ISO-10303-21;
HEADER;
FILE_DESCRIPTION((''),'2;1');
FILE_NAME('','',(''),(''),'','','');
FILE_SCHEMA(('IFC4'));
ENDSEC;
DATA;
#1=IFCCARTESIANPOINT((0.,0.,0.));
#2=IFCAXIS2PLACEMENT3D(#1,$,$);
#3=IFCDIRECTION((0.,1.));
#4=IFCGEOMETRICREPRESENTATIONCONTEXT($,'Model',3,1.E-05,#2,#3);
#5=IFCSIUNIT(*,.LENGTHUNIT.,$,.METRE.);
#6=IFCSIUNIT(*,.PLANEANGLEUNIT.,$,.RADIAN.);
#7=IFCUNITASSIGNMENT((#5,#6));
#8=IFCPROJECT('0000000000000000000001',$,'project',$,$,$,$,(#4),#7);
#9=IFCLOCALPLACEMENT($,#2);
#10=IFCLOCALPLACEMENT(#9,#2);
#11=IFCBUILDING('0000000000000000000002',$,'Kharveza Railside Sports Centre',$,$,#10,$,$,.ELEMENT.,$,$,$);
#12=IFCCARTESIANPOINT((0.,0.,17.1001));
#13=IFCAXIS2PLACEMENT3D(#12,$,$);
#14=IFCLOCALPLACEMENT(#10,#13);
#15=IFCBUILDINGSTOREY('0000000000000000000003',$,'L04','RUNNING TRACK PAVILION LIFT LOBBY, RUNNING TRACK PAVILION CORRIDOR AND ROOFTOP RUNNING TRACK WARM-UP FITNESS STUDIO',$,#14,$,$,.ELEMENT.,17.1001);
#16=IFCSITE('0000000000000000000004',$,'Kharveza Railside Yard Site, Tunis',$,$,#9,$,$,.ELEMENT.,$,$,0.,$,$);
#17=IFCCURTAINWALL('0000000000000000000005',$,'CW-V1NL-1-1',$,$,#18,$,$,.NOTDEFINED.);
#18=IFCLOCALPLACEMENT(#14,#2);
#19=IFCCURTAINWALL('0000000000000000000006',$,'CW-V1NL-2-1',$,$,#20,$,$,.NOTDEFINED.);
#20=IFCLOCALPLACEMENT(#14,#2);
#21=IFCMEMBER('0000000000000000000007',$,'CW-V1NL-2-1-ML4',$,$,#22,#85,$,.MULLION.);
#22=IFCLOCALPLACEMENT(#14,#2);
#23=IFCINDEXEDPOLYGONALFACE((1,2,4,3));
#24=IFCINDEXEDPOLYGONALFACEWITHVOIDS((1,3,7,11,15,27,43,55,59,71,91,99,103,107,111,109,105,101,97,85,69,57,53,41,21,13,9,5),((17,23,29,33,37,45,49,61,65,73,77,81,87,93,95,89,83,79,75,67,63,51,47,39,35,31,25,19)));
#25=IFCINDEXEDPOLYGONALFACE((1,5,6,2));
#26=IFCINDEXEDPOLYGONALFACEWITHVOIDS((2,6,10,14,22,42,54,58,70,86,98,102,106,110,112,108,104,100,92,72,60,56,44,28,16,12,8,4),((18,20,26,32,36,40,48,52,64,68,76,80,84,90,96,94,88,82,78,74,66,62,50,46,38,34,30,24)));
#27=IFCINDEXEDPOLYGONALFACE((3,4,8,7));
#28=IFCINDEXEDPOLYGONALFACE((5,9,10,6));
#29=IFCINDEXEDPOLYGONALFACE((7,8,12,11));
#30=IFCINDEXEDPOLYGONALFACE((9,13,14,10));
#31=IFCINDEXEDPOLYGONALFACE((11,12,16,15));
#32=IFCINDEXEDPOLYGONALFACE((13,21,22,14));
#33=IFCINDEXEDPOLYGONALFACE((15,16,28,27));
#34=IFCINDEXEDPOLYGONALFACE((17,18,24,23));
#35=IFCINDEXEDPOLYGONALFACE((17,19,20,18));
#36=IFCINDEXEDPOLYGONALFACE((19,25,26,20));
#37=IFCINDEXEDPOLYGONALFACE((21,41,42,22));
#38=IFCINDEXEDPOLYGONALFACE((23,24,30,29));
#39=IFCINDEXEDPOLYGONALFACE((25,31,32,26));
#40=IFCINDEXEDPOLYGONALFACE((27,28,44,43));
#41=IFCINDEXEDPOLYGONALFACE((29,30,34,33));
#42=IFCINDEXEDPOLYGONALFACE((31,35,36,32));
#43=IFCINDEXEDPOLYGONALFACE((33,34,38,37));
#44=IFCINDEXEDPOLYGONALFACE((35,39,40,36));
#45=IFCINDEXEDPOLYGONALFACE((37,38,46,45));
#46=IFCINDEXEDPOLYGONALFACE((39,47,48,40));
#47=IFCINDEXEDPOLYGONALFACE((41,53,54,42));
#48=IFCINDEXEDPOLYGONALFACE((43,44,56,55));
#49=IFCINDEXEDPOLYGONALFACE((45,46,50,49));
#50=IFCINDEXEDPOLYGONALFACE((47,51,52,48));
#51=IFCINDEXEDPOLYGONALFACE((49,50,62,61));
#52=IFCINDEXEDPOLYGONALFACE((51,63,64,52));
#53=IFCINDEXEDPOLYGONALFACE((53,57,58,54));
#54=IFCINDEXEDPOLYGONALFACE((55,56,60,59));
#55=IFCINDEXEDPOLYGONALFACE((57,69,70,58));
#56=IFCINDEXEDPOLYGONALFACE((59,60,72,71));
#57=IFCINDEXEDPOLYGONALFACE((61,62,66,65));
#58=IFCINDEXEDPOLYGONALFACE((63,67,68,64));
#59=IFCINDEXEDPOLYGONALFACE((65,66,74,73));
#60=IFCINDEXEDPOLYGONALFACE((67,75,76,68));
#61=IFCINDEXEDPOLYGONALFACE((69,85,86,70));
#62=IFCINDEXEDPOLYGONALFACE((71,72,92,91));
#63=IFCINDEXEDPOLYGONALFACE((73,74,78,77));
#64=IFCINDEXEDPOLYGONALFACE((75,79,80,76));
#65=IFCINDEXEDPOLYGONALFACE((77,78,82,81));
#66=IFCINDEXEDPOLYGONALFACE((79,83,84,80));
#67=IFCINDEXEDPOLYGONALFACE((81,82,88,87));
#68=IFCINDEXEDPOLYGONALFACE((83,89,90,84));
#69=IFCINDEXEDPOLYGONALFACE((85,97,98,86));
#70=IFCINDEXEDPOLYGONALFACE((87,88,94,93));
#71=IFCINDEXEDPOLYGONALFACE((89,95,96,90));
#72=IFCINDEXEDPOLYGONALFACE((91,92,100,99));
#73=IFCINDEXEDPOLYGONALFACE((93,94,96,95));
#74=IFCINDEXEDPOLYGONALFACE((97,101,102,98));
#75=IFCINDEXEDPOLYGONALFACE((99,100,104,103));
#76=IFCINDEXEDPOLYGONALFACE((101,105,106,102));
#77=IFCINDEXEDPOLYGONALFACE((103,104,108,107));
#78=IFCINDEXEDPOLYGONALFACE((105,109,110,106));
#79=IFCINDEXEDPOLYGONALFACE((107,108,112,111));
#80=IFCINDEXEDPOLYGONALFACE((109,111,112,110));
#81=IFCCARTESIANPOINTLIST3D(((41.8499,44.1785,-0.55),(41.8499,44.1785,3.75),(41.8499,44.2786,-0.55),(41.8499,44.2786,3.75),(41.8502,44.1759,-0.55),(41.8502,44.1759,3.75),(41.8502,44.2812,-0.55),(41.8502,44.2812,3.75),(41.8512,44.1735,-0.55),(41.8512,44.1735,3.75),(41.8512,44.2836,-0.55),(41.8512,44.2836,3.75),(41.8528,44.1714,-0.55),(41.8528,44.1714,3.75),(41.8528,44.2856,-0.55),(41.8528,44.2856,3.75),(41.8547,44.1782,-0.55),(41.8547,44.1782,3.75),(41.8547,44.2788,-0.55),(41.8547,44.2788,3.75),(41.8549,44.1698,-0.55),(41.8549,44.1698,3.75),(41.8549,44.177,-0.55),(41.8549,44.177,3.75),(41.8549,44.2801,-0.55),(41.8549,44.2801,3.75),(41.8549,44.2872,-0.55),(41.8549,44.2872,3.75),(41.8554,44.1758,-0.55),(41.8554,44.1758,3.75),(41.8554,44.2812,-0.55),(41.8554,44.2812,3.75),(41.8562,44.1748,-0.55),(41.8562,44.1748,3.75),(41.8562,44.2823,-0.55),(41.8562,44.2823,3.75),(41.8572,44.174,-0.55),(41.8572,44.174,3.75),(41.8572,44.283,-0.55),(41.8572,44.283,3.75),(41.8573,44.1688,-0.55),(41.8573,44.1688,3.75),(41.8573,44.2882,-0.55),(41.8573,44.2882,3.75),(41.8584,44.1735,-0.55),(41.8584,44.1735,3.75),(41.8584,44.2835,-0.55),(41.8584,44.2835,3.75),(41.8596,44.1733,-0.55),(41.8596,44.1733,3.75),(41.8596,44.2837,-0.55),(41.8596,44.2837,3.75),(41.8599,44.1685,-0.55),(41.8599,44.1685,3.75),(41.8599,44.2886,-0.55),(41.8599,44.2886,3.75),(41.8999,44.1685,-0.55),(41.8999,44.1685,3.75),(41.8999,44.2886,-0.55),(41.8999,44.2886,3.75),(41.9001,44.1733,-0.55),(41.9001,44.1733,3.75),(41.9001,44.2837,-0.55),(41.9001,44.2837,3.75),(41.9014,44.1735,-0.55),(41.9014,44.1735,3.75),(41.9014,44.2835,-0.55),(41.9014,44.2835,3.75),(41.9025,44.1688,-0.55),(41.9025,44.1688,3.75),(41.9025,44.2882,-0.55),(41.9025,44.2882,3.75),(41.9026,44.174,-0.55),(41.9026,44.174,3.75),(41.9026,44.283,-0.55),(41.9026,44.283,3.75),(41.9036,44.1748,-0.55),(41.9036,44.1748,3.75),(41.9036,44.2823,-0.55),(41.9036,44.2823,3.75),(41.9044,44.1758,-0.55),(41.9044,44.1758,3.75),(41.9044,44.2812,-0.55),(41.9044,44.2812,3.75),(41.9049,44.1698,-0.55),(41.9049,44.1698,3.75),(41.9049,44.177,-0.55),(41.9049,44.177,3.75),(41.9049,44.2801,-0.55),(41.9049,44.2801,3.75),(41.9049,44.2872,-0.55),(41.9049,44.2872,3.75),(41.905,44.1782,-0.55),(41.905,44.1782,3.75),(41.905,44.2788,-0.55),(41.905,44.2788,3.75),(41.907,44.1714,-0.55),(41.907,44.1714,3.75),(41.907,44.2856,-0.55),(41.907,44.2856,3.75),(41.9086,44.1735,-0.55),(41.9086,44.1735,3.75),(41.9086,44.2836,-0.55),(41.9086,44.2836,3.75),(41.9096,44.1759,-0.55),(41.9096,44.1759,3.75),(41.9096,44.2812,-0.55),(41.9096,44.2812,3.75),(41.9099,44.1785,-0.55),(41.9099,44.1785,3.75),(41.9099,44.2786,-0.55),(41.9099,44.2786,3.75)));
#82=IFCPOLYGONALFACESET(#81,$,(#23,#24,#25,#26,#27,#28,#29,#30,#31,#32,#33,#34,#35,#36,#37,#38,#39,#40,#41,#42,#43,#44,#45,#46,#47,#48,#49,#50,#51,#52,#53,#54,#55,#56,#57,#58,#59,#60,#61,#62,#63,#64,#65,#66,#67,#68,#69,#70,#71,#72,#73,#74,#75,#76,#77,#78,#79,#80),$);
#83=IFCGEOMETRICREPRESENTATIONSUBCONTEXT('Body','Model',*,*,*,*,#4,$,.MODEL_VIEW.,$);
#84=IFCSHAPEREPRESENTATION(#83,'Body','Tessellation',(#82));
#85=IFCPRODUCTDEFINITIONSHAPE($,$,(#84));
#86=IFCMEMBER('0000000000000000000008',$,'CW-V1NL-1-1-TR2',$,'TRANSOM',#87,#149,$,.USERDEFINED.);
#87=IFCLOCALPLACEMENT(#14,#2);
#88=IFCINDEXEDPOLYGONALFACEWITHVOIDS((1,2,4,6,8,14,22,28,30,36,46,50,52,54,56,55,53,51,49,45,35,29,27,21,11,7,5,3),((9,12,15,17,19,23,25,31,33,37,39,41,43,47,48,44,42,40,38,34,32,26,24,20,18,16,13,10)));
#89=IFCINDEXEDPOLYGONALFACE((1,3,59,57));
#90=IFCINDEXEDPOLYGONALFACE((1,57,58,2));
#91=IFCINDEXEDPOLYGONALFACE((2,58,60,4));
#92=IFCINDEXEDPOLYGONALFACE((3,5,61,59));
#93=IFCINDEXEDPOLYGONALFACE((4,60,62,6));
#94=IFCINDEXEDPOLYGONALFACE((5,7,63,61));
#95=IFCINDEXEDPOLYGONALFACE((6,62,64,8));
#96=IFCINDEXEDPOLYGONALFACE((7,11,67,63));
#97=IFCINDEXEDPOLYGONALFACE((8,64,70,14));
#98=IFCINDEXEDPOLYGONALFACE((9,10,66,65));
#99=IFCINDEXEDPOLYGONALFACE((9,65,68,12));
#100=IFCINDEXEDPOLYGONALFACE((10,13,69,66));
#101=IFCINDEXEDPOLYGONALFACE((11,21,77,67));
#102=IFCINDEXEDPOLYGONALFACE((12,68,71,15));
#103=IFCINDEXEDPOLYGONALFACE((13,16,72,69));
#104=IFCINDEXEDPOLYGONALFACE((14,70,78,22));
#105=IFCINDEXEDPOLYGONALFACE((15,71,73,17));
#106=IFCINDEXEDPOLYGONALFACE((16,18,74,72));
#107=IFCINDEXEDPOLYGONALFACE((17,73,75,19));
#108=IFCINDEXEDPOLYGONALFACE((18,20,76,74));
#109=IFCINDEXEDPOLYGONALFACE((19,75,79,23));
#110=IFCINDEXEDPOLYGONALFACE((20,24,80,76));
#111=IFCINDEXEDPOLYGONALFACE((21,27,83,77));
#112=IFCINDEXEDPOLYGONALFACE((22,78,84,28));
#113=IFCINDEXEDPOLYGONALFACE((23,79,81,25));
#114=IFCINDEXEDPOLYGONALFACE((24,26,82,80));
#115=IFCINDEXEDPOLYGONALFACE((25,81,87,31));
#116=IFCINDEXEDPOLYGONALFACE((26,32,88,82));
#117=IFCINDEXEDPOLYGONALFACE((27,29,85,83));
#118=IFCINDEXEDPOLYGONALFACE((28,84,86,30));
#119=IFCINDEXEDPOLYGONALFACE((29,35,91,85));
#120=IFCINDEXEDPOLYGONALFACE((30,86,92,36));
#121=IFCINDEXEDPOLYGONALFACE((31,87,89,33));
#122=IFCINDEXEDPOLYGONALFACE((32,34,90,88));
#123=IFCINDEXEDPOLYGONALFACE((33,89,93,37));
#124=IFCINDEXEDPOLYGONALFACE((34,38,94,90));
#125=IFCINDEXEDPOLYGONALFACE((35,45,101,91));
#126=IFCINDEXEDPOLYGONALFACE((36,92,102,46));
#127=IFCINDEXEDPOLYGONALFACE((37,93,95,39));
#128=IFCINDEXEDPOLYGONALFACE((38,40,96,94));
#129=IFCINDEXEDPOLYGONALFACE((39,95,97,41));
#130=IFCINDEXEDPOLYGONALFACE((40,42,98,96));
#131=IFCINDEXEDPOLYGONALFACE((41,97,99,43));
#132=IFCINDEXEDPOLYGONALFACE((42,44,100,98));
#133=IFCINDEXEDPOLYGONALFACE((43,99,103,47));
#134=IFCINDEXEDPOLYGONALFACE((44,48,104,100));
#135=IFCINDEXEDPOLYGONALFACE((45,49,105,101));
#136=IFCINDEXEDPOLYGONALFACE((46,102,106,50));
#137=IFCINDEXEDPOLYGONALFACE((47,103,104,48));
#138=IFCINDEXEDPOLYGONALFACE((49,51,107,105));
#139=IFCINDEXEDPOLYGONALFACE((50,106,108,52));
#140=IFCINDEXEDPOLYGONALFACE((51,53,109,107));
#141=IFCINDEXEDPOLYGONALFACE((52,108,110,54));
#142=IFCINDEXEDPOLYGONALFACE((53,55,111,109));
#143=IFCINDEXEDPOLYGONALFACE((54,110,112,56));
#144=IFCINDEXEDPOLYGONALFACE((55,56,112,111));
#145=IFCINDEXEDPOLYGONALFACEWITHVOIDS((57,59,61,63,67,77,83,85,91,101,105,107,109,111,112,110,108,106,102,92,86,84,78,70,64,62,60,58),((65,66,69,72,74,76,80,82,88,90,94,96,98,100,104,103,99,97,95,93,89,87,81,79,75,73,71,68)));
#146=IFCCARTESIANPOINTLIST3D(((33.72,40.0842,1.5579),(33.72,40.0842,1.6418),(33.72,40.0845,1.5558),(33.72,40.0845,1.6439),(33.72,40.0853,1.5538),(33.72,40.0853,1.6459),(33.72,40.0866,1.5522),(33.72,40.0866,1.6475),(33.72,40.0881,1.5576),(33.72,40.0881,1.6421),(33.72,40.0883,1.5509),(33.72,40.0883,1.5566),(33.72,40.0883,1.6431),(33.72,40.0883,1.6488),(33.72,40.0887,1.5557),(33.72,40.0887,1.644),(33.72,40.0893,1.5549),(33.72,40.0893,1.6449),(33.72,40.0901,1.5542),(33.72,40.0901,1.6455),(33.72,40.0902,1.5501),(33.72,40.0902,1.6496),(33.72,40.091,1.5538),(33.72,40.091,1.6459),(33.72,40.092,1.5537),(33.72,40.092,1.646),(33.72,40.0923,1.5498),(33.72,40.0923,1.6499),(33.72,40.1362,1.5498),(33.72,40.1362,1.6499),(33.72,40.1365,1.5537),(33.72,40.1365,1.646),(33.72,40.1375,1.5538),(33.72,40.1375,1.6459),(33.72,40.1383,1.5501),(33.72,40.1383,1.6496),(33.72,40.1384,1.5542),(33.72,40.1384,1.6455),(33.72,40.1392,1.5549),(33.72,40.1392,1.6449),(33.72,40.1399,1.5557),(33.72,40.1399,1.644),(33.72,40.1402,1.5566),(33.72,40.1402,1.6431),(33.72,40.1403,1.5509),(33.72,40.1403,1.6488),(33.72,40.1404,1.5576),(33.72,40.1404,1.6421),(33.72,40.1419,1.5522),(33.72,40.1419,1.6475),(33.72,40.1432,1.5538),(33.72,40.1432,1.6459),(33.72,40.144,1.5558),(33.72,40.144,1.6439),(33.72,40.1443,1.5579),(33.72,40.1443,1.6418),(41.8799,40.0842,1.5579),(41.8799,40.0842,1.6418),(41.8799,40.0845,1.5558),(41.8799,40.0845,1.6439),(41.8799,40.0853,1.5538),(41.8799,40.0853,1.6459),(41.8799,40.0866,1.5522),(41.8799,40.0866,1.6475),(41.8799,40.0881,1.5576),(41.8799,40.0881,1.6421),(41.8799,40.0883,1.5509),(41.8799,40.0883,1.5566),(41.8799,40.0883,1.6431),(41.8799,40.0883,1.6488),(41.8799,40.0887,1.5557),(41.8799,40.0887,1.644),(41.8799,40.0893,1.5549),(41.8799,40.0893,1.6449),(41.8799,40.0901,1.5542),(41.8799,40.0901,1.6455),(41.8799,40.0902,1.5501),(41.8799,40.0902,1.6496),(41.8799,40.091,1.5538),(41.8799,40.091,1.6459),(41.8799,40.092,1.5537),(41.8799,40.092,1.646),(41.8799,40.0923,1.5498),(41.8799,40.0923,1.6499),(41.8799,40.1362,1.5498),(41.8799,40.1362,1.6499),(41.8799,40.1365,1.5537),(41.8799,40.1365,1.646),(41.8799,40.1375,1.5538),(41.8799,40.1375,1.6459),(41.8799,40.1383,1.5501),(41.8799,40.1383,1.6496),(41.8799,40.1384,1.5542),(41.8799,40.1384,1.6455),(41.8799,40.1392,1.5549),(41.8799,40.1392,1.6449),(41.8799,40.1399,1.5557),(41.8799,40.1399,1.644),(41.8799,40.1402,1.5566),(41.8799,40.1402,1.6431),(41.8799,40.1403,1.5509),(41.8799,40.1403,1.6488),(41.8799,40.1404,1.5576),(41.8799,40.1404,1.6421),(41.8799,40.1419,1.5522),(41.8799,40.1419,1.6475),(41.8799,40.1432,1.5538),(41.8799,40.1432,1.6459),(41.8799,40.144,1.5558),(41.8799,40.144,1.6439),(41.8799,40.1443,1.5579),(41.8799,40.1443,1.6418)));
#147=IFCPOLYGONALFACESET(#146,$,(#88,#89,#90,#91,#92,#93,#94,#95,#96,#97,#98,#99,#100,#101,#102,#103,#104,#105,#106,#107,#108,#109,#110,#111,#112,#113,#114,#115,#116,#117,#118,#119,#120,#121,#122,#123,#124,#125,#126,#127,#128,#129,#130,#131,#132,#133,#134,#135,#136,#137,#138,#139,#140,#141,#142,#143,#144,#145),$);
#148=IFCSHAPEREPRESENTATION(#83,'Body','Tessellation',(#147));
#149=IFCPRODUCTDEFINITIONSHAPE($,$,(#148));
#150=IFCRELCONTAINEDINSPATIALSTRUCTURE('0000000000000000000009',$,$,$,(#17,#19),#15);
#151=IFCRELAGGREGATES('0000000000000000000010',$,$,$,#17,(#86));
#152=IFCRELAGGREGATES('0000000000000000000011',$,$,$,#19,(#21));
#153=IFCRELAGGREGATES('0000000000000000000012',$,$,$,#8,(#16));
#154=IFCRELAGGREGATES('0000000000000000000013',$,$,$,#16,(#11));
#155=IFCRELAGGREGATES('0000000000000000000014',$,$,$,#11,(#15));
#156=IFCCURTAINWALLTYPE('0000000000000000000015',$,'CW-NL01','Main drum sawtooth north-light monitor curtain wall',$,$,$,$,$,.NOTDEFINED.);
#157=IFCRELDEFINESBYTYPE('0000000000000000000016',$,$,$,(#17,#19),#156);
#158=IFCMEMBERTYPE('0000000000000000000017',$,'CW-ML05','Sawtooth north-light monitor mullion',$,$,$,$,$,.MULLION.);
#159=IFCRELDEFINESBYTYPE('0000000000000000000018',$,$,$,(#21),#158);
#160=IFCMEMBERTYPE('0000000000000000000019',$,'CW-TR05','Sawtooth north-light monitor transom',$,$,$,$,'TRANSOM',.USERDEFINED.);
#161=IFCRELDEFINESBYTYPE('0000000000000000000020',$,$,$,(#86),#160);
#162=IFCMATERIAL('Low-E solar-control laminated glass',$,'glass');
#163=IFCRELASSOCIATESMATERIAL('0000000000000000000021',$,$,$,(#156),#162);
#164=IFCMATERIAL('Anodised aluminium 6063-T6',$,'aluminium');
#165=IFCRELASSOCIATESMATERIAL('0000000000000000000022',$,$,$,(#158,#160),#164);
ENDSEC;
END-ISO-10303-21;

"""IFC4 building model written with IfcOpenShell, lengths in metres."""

from ifc_helpers import new_model, si_unit, direction, frame, origin, origin_2d, place, context, subcontext, project, spatial, hollow_rectangle, extrude, material, material_profile, profile_set, type_object, element, aggregate, save


model = new_model("IFC4")

# Units and contexts
model_context = context("Model", 3, precision=1e-05, world=origin(), true_north=direction((0.0, 1.0)))
body_context = subcontext(model_context, "Body", "Model", "MODEL_VIEW")
ifc_project = project(units=[si_unit("LENGTHUNIT", "METRE"), si_unit("PLANEANGLEUNIT", "RADIAN")], contexts=[model_context])

# Site, building, storey
site_placement = place(None, origin())
site = spatial("IfcSite", under=ifc_project, at=site_placement, Name="Kharveza Railside Yard Site, Tunis", CompositionType="ELEMENT", RefElevation=0.0)
building_placement = place(site_placement, origin())
building = spatial("IfcBuilding", under=site, at=building_placement, Name="Kharveza Railside Sports Centre", CompositionType="ELEMENT")
storey_placement = place(building_placement, frame((0.0, 0.0, 17.1001)))
storey = spatial("IfcBuildingStorey", under=building, at=storey_placement, Name="L04", Description="RUNNING TRACK PAVILION LIFT LOBBY, RUNNING TRACK PAVILION CORRIDOR AND ROOFTOP RUNNING TRACK WARM-UP FITNESS STUDIO", CompositionType="ELEMENT", Elevation=17.1001)

# Curtain wall
ifc_material_1 = material(Name="Low-E solar-control laminated glass", Category="glass")
curtain_wall_type = type_object("IfcCurtainWallType", Name="CW-NL01", Description="Main drum sawtooth north-light monitor curtain wall", PredefinedType="NOTDEFINED", material=ifc_material_1)
curtain_wall_1_placement = place(storey_placement, origin())
curtain_wall_1 = element("IfcCurtainWall", 1, at=curtain_wall_1_placement, inside=storey, type_object=curtain_wall_type, Name="CW-V1NL-1-1", PredefinedType="NOTDEFINED")
ifc_material_2 = material(Name="Anodised aluminium 6063-T6", Category="aluminium")
ifc_material_profile_1 = material_profile(ifc_material_2, hollow_rectangle(XDim=0.0601, YDim=0.1201, WallThickness=0.0049, InnerFilletRadius=0.0049, OuterFilletRadius=0.01, at=origin_2d()), Name="RHS 60x120x5.0")
ifc_profile_set_1 = profile_set([ifc_material_profile_1], Name="Anodised aluminium 6063-T6")
member_type_1 = type_object("IfcMemberType", Name="CW-ML05", Description="Sawtooth north-light monitor mullion", PredefinedType="MULLION", material=ifc_profile_set_1)

# Curtain wall, member
curtain_wall_2_placement = place(storey_placement, origin())
curtain_wall_2 = element("IfcCurtainWall", 2, at=curtain_wall_2_placement, inside=storey, type_object=curtain_wall_type, Name="CW-V1NL-2-1", PredefinedType="NOTDEFINED")
member_1_placement = place(storey_placement, frame((41.8799, 44.2285, -0.55), z_axis=(0.0, 0.0, 1.0), x_axis=(1.0, 0.0, 0.0)))
member_1 = element("IfcMember", 3, at=member_1_placement, type_object=member_type_1, Name="CW-V1NL-2-1-ML4", PredefinedType="MULLION", context=body_context, shape_type="SweptSolid", body=[
    extrude(hollow_rectangle(XDim=0.0601, YDim=0.1201, WallThickness=0.0049, InnerFilletRadius=0.0049, OuterFilletRadius=0.01, at=origin_2d()), origin(), (0.0, 0.0, 1.0), 4.3),
])

# Member
ifc_material_profile_2 = material_profile(ifc_material_2, hollow_rectangle(XDim=0.0601, YDim=0.1001, WallThickness=0.0039, InnerFilletRadius=0.0039, OuterFilletRadius=0.0081, at=origin_2d()), Name="RHS 60x100x4.0")
ifc_profile_set_2 = profile_set([ifc_material_profile_2], Name="Anodised aluminium 6063-T6")
member_type_2 = type_object("IfcMemberType", Name="CW-TR05", Description="Sawtooth north-light monitor transom", ElementType="TRANSOM", PredefinedType="USERDEFINED", material=ifc_profile_set_2)
member_2_placement = place(storey_placement, frame((33.72, 40.1143, 1.5999), z_axis=(1.0, 0.0, 0.0), x_axis=(0.0, 1.0, 0.0)))
member_2 = element("IfcMember", 4, at=member_2_placement, type_object=member_type_2, Name="CW-V1NL-1-1-TR2", ObjectType="TRANSOM", PredefinedType="USERDEFINED", context=body_context, shape_type="SweptSolid", body=[
    extrude(hollow_rectangle(XDim=0.0601, YDim=0.1001, WallThickness=0.0039, InnerFilletRadius=0.0039, OuterFilletRadius=0.0081, at=origin_2d()), origin(), (0.0, 0.0, 1.0), 8.1599),
])

aggregate(curtain_wall_1, [member_2])
aggregate(curtain_wall_2, [member_1])

save(model, "model.ifc")
